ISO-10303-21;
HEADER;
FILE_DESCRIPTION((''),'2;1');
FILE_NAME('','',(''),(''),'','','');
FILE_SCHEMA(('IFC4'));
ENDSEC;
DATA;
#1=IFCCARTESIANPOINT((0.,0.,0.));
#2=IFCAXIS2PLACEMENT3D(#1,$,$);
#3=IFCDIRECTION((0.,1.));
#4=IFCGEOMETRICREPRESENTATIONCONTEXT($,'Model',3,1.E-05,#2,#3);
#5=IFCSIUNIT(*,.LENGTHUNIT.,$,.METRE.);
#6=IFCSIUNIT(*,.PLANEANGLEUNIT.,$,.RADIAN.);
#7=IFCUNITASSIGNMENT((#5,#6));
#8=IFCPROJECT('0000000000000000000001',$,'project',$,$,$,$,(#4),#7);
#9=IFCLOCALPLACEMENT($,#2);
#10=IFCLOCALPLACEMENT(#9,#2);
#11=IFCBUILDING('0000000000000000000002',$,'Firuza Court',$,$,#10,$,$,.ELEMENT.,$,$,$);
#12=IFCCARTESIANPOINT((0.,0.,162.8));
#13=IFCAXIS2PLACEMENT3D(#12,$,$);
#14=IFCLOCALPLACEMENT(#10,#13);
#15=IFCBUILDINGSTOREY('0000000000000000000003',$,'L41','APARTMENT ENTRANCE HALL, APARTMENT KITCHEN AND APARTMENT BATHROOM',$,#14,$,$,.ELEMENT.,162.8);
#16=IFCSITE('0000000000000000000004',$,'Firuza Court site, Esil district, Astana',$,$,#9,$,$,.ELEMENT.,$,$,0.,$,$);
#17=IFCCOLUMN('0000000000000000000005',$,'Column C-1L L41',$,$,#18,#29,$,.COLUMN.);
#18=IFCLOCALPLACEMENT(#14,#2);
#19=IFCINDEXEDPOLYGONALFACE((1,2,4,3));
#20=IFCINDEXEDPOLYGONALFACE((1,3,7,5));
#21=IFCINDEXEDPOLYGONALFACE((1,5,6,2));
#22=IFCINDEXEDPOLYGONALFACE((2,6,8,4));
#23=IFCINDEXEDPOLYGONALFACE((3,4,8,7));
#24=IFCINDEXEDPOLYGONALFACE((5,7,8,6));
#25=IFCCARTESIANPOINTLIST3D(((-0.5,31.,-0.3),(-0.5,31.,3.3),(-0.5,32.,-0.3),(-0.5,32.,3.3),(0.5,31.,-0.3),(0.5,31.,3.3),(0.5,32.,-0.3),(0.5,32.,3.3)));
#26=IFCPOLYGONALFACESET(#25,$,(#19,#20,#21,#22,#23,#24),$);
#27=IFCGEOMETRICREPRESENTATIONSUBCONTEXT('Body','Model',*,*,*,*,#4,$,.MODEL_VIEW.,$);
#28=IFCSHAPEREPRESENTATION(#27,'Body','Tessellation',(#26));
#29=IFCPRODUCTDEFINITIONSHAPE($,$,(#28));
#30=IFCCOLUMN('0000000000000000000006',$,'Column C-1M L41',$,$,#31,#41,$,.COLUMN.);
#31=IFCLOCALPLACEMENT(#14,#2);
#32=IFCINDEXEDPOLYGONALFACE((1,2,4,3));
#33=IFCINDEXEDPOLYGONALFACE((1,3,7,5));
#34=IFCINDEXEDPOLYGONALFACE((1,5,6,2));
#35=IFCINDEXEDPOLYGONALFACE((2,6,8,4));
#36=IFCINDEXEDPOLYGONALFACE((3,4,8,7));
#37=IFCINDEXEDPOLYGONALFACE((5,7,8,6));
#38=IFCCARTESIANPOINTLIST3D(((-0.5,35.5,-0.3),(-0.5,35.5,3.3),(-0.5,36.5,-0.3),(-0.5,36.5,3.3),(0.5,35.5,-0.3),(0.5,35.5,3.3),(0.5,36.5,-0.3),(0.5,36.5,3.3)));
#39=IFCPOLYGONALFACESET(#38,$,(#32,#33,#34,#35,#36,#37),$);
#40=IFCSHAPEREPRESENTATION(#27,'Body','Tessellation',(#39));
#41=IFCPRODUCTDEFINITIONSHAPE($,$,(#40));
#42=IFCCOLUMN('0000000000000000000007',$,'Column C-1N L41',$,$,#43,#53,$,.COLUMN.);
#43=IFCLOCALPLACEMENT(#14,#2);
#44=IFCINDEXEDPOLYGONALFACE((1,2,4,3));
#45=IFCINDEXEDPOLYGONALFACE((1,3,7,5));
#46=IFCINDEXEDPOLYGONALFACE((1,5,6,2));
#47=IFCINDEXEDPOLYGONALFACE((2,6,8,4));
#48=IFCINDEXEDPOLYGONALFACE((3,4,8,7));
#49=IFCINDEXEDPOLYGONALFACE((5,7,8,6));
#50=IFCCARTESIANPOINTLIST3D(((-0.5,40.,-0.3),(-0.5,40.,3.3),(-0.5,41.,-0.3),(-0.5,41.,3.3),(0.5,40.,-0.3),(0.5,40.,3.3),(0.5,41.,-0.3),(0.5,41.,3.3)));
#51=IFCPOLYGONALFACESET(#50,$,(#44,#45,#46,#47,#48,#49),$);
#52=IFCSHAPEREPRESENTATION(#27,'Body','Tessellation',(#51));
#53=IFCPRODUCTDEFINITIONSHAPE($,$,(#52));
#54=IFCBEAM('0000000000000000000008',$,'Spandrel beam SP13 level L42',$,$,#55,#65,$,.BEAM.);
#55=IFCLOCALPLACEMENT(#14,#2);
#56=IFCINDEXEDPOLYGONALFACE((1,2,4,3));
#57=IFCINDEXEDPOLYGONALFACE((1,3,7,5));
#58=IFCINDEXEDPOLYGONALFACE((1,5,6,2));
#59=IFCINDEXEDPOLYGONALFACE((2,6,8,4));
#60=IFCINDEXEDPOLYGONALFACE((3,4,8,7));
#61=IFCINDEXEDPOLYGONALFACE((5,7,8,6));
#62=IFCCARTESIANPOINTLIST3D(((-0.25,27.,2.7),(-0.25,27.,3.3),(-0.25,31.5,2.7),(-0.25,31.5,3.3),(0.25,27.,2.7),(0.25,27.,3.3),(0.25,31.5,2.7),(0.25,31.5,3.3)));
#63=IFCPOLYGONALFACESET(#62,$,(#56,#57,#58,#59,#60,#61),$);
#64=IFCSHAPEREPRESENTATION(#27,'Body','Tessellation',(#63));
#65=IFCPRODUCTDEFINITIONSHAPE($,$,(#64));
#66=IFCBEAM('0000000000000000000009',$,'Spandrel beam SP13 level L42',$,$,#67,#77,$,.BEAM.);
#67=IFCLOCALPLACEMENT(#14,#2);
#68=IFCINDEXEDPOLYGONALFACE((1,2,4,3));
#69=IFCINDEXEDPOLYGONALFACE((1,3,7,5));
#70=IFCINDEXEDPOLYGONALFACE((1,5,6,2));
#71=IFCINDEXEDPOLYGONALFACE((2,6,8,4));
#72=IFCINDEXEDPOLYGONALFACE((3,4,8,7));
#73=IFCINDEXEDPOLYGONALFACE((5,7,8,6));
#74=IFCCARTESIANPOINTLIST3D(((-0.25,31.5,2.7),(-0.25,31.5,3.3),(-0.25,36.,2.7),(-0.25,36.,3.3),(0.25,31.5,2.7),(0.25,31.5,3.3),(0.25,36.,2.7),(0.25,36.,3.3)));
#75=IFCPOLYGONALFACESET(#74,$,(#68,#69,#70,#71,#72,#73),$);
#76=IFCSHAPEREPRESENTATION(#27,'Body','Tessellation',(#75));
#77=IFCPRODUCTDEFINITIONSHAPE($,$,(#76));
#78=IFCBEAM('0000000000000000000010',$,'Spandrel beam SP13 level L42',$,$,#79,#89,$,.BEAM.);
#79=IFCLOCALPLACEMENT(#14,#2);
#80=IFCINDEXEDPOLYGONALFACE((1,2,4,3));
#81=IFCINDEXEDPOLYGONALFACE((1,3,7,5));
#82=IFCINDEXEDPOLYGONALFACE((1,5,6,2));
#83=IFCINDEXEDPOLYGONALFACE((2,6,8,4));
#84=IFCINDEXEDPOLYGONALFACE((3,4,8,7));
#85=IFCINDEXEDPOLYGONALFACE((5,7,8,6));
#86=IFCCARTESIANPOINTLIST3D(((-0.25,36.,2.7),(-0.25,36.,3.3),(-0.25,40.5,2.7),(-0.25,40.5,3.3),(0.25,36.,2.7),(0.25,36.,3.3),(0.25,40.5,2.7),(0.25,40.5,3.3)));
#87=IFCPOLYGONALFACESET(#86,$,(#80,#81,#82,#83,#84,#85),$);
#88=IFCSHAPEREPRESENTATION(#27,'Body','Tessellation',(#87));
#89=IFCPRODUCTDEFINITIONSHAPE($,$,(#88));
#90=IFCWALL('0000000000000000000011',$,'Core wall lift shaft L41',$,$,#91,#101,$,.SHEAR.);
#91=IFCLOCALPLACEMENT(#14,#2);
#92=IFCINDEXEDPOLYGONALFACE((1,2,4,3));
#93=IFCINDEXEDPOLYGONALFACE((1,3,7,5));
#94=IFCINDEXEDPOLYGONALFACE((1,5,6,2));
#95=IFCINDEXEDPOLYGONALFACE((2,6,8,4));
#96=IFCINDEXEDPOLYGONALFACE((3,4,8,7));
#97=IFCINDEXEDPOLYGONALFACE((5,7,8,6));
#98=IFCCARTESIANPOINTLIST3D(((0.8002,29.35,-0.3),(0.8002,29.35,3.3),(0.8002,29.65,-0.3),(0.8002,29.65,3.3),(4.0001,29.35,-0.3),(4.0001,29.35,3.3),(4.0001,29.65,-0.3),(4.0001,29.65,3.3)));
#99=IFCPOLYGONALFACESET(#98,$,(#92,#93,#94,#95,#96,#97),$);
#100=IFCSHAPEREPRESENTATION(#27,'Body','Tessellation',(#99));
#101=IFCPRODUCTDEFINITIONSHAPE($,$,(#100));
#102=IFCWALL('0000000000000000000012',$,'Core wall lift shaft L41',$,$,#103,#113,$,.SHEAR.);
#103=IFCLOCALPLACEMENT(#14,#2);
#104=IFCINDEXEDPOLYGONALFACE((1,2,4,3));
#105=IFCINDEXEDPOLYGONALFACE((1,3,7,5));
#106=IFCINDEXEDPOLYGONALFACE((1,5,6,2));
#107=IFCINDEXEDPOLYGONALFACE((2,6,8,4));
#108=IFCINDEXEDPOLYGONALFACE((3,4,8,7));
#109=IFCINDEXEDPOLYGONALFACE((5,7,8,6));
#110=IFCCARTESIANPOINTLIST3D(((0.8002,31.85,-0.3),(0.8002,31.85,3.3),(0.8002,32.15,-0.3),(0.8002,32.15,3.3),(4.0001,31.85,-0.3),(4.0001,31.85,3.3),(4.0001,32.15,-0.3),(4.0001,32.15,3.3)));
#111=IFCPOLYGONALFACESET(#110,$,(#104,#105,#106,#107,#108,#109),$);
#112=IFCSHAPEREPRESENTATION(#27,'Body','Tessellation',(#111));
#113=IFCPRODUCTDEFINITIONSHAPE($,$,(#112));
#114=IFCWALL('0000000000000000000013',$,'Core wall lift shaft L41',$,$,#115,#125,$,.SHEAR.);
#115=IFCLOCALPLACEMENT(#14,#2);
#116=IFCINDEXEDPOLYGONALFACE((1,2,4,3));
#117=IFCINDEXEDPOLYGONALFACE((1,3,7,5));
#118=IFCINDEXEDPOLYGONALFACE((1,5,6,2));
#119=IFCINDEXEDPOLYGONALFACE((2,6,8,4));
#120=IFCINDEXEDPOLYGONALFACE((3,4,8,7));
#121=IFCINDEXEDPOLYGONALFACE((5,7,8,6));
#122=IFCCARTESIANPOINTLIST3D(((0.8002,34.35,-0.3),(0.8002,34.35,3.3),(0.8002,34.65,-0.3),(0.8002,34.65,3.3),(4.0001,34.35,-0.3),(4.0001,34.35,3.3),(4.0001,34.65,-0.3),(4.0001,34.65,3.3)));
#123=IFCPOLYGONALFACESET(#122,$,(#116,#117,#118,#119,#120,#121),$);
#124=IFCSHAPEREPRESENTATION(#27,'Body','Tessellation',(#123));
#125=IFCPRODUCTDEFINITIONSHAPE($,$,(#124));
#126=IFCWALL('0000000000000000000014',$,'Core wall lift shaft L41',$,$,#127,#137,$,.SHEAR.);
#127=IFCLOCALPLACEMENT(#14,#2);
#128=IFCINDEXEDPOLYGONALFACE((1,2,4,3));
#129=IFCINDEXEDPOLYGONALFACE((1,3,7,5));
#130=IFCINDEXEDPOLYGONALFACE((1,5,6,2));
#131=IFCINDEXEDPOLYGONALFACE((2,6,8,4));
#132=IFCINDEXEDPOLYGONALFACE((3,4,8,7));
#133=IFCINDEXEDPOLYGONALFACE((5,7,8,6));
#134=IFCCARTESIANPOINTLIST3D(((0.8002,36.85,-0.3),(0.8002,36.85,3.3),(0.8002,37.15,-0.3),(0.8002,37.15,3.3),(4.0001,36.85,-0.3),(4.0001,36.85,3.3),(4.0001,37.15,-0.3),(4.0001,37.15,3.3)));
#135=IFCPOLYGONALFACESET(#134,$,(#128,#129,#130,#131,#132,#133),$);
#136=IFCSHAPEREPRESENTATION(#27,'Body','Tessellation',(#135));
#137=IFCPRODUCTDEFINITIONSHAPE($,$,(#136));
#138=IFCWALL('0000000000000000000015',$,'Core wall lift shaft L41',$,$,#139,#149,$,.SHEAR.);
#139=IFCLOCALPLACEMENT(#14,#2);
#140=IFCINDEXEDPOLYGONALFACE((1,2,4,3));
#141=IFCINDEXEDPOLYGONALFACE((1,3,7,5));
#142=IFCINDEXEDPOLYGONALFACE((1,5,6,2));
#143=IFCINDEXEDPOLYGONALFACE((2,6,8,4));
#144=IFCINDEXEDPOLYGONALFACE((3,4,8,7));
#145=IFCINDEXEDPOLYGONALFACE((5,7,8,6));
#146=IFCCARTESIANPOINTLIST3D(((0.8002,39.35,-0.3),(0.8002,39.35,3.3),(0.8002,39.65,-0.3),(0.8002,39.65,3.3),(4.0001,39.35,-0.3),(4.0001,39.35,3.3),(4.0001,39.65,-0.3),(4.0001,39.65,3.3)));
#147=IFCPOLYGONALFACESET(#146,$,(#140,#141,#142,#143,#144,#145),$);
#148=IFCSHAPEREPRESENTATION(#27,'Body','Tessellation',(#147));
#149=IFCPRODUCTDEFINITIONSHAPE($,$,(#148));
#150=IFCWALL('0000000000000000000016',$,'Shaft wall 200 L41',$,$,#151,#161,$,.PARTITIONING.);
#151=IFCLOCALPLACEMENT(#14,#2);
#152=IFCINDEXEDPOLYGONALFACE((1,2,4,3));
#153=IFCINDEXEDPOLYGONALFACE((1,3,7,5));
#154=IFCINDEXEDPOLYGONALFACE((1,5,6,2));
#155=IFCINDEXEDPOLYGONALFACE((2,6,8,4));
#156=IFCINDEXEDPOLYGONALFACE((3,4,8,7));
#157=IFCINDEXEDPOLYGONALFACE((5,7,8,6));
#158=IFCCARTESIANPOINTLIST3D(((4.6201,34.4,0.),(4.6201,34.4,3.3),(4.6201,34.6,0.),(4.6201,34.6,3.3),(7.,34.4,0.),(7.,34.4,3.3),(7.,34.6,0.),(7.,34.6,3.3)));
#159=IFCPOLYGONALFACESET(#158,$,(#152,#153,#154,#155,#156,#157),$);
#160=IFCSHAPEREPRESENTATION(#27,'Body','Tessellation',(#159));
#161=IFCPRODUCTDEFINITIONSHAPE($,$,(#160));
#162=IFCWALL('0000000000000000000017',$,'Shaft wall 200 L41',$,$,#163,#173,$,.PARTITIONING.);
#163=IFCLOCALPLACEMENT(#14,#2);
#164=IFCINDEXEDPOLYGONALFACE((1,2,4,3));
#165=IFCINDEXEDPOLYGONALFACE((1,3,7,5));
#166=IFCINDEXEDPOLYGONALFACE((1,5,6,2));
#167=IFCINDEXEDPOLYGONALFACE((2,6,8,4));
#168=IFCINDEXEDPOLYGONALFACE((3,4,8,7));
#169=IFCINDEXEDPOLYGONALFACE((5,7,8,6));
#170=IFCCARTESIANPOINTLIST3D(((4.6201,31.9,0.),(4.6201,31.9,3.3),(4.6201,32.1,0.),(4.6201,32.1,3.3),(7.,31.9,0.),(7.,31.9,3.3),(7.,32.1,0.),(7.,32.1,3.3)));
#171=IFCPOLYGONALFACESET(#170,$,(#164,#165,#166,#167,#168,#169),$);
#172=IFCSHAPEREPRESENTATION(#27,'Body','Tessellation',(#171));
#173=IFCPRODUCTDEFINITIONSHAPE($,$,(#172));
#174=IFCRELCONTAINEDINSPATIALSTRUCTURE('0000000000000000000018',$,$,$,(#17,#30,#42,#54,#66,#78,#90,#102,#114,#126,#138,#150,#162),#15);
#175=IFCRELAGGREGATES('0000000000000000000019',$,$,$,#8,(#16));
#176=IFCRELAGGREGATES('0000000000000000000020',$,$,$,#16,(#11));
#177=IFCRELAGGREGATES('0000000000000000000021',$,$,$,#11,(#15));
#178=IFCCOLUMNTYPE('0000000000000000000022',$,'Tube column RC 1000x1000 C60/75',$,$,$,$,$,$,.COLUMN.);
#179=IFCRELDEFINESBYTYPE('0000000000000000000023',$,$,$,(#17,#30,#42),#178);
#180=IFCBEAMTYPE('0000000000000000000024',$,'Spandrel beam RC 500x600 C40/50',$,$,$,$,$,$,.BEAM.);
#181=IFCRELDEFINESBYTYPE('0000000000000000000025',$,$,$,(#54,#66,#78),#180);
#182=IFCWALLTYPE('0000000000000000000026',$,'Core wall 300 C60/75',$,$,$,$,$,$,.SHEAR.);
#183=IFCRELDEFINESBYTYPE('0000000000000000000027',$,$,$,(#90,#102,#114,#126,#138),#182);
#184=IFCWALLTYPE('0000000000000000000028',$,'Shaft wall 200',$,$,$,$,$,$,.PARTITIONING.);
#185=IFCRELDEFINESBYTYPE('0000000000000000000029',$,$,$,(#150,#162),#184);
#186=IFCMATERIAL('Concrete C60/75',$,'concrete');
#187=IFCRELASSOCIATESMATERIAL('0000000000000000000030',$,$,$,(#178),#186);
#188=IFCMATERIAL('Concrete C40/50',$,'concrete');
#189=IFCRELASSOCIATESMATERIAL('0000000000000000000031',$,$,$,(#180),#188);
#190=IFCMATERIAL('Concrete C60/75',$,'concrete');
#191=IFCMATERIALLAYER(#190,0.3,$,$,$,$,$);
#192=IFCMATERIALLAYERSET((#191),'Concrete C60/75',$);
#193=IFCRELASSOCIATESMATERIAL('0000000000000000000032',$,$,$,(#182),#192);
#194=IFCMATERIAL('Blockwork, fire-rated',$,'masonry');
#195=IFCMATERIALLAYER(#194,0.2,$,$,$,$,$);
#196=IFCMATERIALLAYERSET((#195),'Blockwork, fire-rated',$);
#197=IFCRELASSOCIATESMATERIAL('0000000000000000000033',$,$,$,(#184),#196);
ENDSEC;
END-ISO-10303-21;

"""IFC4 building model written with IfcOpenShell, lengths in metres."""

from ifc_helpers import new_model, si_unit, direction, frame, frame_2d, origin, origin_2d, place, context, subcontext, project, spatial, rectangle, extrude, material, layer, layer_set, material_profile, profile_set, type_object, element, save


model = new_model("IFC4")

# Units and contexts
model_context = context("Model", 3, precision=1e-05, world=origin(), true_north=direction((0.0, 1.0)))
body_context = subcontext(model_context, "Body", "Model", "MODEL_VIEW")
ifc_project = project(units=[si_unit("LENGTHUNIT", "METRE"), si_unit("PLANEANGLEUNIT", "RADIAN")], contexts=[model_context])

# Site, building, storey
site_placement = place(None, origin())
site = spatial("IfcSite", under=ifc_project, at=site_placement, Name="Firuza Court site, Esil district, Astana", CompositionType="ELEMENT", RefElevation=0.0)
building_placement = place(site_placement, origin())
building = spatial("IfcBuilding", under=site, at=building_placement, Name="Firuza Court", CompositionType="ELEMENT")
storey_placement = place(building_placement, frame((0.0, 0.0, 162.8)))
storey = spatial("IfcBuildingStorey", under=building, at=storey_placement, Name="L41", Description="APARTMENT ENTRANCE HALL, APARTMENT KITCHEN AND APARTMENT BATHROOM", CompositionType="ELEMENT", Elevation=162.8)

# Columns
ifc_material_1 = material(Name="Concrete C60/75", Category="concrete")
ifc_material_profile_1 = material_profile(ifc_material_1, rectangle(XDim=1.0, YDim=1.0, at=origin_2d()), Name="RC 1000x1000")
ifc_profile_set_1 = profile_set([ifc_material_profile_1], Name="Concrete C60/75")
column_type = type_object("IfcColumnType", Name="Tube column RC 1000x1000 C60/75", PredefinedType="COLUMN", material=ifc_profile_set_1)
for number, where, z_axis, x_axis, name in (
    (1, (0.0, 31.5, -0.3), (0.0, 0.0, 1.0), (1.0, 0.0, 0.0), "Column C-1L L41"),
    (2, (0.0, 36.0, -0.3), (0.0, 0.0, 1.0), (1.0, 0.0, 0.0), "Column C-1M L41"),
    (3, (0.0, 40.5, -0.3), (0.0, 0.0, 1.0), (1.0, 0.0, 0.0), "Column C-1N L41"),
):
    element("IfcColumn", number, at=place(storey_placement, frame(where, z_axis=z_axis, x_axis=x_axis)), inside=storey, type_object=column_type, Name=name, PredefinedType="COLUMN", context=body_context, shape_type="SweptSolid", body=[
        extrude(rectangle(XDim=1.0, YDim=1.0, at=origin_2d()), origin(), (0.0, 0.0, 1.0), 3.6001),
    ])

# Beams
ifc_material_2 = material(Name="Concrete C40/50", Category="concrete")
ifc_material_profile_2 = material_profile(ifc_material_2, rectangle(XDim=0.5, YDim=0.6001, at=origin_2d()), Name="RC 500x600")
ifc_profile_set_2 = profile_set([ifc_material_profile_2], Name="Concrete C40/50")
beam_type = type_object("IfcBeamType", Name="Spandrel beam RC 500x600 C40/50", PredefinedType="BEAM", material=ifc_profile_set_2)
for number, where, z_axis, x_axis, name in (
    (4, (0.0, 31.5, 3.0), (0.0, -1.0, 0.0), (1.0, 0.0, 0.0), "Spandrel beam SP13 level L42"),
    (5, (0.0, 36.0, 3.0), (0.0, -1.0, 0.0), (1.0, 0.0, 0.0), "Spandrel beam SP13 level L42"),
    (6, (0.0, 40.5, 3.0), (0.0, -1.0, 0.0), (1.0, 0.0, 0.0), "Spandrel beam SP13 level L42"),
):
    element("IfcBeam", number, at=place(storey_placement, frame(where, z_axis=z_axis, x_axis=x_axis)), inside=storey, type_object=beam_type, Name=name, PredefinedType="BEAM", context=body_context, shape_type="SweptSolid", body=[
        extrude(rectangle(XDim=0.5, YDim=0.6001, at=origin_2d()), origin(), (0.0, 0.0, 1.0), 4.5),
    ])

# Walls
ifc_material_3 = material(Name="Concrete C60/75", Category="concrete")
ifc_layer_1 = layer(ifc_material_3, 0.3)
ifc_layer_set_1 = layer_set([ifc_layer_1], Name="Concrete C60/75")
wall_type_1 = type_object("IfcWallType", Name="Core wall 300 C60/75", PredefinedType="SHEAR", material=ifc_layer_set_1)
for number, where, z_axis, x_axis, name in (
    (7, (0.8, 29.5, -0.3), (0.0, 0.0, 1.0), (1.0, 0.0, 0.0), "Core wall lift shaft L41"),
    (8, (0.8, 32.0, -0.3), (0.0, 0.0, 1.0), (1.0, 0.0, 0.0), "Core wall lift shaft L41"),
    (9, (0.8, 34.5, -0.3), (0.0, 0.0, 1.0), (1.0, 0.0, 0.0), "Core wall lift shaft L41"),
    (10, (0.8, 37.0, -0.3), (0.0, 0.0, 1.0), (1.0, 0.0, 0.0), "Core wall lift shaft L41"),
    (11, (0.8, 39.5, -0.3), (0.0, 0.0, 1.0), (1.0, 0.0, 0.0), "Core wall lift shaft L41"),
):
    element("IfcWall", number, at=place(storey_placement, frame(where, z_axis=z_axis, x_axis=x_axis)), inside=storey, type_object=wall_type_1, Name=name, PredefinedType="SHEAR", context=body_context, shape_type="SweptSolid", body=[
        extrude(rectangle(XDim=3.2, YDim=0.3, at=frame_2d((1.6001, 0.0))), origin(), (0.0, 0.0, 1.0), 3.6001),
    ])
ifc_material_4 = material(Name="Blockwork, fire-rated", Category="masonry")
ifc_layer_2 = layer(ifc_material_4, 0.2)
ifc_layer_set_2 = layer_set([ifc_layer_2], Name="Blockwork, fire-rated")
wall_type_2 = type_object("IfcWallType", Name="Shaft wall 200", PredefinedType="PARTITIONING", material=ifc_layer_set_2)
for number, where, z_axis, x_axis, name in (
    (12, (4.6201, 34.5, 0.0), (0.0, 0.0, 1.0), (1.0, 0.0, 0.0), "Shaft wall 200 L41"),
    (13, (4.6201, 32.0, 0.0), (0.0, 0.0, 1.0), (1.0, 0.0, 0.0), "Shaft wall 200 L41"),
):
    element("IfcWall", number, at=place(storey_placement, frame(where, z_axis=z_axis, x_axis=x_axis)), inside=storey, type_object=wall_type_2, Name=name, PredefinedType="PARTITIONING", context=body_context, shape_type="SweptSolid", body=[
        extrude(rectangle(XDim=2.3799, YDim=0.2, at=frame_2d((1.1899, 0.0))), origin(), (0.0, 0.0, 1.0), 3.3),
    ])

save(model, "model.ifc")
